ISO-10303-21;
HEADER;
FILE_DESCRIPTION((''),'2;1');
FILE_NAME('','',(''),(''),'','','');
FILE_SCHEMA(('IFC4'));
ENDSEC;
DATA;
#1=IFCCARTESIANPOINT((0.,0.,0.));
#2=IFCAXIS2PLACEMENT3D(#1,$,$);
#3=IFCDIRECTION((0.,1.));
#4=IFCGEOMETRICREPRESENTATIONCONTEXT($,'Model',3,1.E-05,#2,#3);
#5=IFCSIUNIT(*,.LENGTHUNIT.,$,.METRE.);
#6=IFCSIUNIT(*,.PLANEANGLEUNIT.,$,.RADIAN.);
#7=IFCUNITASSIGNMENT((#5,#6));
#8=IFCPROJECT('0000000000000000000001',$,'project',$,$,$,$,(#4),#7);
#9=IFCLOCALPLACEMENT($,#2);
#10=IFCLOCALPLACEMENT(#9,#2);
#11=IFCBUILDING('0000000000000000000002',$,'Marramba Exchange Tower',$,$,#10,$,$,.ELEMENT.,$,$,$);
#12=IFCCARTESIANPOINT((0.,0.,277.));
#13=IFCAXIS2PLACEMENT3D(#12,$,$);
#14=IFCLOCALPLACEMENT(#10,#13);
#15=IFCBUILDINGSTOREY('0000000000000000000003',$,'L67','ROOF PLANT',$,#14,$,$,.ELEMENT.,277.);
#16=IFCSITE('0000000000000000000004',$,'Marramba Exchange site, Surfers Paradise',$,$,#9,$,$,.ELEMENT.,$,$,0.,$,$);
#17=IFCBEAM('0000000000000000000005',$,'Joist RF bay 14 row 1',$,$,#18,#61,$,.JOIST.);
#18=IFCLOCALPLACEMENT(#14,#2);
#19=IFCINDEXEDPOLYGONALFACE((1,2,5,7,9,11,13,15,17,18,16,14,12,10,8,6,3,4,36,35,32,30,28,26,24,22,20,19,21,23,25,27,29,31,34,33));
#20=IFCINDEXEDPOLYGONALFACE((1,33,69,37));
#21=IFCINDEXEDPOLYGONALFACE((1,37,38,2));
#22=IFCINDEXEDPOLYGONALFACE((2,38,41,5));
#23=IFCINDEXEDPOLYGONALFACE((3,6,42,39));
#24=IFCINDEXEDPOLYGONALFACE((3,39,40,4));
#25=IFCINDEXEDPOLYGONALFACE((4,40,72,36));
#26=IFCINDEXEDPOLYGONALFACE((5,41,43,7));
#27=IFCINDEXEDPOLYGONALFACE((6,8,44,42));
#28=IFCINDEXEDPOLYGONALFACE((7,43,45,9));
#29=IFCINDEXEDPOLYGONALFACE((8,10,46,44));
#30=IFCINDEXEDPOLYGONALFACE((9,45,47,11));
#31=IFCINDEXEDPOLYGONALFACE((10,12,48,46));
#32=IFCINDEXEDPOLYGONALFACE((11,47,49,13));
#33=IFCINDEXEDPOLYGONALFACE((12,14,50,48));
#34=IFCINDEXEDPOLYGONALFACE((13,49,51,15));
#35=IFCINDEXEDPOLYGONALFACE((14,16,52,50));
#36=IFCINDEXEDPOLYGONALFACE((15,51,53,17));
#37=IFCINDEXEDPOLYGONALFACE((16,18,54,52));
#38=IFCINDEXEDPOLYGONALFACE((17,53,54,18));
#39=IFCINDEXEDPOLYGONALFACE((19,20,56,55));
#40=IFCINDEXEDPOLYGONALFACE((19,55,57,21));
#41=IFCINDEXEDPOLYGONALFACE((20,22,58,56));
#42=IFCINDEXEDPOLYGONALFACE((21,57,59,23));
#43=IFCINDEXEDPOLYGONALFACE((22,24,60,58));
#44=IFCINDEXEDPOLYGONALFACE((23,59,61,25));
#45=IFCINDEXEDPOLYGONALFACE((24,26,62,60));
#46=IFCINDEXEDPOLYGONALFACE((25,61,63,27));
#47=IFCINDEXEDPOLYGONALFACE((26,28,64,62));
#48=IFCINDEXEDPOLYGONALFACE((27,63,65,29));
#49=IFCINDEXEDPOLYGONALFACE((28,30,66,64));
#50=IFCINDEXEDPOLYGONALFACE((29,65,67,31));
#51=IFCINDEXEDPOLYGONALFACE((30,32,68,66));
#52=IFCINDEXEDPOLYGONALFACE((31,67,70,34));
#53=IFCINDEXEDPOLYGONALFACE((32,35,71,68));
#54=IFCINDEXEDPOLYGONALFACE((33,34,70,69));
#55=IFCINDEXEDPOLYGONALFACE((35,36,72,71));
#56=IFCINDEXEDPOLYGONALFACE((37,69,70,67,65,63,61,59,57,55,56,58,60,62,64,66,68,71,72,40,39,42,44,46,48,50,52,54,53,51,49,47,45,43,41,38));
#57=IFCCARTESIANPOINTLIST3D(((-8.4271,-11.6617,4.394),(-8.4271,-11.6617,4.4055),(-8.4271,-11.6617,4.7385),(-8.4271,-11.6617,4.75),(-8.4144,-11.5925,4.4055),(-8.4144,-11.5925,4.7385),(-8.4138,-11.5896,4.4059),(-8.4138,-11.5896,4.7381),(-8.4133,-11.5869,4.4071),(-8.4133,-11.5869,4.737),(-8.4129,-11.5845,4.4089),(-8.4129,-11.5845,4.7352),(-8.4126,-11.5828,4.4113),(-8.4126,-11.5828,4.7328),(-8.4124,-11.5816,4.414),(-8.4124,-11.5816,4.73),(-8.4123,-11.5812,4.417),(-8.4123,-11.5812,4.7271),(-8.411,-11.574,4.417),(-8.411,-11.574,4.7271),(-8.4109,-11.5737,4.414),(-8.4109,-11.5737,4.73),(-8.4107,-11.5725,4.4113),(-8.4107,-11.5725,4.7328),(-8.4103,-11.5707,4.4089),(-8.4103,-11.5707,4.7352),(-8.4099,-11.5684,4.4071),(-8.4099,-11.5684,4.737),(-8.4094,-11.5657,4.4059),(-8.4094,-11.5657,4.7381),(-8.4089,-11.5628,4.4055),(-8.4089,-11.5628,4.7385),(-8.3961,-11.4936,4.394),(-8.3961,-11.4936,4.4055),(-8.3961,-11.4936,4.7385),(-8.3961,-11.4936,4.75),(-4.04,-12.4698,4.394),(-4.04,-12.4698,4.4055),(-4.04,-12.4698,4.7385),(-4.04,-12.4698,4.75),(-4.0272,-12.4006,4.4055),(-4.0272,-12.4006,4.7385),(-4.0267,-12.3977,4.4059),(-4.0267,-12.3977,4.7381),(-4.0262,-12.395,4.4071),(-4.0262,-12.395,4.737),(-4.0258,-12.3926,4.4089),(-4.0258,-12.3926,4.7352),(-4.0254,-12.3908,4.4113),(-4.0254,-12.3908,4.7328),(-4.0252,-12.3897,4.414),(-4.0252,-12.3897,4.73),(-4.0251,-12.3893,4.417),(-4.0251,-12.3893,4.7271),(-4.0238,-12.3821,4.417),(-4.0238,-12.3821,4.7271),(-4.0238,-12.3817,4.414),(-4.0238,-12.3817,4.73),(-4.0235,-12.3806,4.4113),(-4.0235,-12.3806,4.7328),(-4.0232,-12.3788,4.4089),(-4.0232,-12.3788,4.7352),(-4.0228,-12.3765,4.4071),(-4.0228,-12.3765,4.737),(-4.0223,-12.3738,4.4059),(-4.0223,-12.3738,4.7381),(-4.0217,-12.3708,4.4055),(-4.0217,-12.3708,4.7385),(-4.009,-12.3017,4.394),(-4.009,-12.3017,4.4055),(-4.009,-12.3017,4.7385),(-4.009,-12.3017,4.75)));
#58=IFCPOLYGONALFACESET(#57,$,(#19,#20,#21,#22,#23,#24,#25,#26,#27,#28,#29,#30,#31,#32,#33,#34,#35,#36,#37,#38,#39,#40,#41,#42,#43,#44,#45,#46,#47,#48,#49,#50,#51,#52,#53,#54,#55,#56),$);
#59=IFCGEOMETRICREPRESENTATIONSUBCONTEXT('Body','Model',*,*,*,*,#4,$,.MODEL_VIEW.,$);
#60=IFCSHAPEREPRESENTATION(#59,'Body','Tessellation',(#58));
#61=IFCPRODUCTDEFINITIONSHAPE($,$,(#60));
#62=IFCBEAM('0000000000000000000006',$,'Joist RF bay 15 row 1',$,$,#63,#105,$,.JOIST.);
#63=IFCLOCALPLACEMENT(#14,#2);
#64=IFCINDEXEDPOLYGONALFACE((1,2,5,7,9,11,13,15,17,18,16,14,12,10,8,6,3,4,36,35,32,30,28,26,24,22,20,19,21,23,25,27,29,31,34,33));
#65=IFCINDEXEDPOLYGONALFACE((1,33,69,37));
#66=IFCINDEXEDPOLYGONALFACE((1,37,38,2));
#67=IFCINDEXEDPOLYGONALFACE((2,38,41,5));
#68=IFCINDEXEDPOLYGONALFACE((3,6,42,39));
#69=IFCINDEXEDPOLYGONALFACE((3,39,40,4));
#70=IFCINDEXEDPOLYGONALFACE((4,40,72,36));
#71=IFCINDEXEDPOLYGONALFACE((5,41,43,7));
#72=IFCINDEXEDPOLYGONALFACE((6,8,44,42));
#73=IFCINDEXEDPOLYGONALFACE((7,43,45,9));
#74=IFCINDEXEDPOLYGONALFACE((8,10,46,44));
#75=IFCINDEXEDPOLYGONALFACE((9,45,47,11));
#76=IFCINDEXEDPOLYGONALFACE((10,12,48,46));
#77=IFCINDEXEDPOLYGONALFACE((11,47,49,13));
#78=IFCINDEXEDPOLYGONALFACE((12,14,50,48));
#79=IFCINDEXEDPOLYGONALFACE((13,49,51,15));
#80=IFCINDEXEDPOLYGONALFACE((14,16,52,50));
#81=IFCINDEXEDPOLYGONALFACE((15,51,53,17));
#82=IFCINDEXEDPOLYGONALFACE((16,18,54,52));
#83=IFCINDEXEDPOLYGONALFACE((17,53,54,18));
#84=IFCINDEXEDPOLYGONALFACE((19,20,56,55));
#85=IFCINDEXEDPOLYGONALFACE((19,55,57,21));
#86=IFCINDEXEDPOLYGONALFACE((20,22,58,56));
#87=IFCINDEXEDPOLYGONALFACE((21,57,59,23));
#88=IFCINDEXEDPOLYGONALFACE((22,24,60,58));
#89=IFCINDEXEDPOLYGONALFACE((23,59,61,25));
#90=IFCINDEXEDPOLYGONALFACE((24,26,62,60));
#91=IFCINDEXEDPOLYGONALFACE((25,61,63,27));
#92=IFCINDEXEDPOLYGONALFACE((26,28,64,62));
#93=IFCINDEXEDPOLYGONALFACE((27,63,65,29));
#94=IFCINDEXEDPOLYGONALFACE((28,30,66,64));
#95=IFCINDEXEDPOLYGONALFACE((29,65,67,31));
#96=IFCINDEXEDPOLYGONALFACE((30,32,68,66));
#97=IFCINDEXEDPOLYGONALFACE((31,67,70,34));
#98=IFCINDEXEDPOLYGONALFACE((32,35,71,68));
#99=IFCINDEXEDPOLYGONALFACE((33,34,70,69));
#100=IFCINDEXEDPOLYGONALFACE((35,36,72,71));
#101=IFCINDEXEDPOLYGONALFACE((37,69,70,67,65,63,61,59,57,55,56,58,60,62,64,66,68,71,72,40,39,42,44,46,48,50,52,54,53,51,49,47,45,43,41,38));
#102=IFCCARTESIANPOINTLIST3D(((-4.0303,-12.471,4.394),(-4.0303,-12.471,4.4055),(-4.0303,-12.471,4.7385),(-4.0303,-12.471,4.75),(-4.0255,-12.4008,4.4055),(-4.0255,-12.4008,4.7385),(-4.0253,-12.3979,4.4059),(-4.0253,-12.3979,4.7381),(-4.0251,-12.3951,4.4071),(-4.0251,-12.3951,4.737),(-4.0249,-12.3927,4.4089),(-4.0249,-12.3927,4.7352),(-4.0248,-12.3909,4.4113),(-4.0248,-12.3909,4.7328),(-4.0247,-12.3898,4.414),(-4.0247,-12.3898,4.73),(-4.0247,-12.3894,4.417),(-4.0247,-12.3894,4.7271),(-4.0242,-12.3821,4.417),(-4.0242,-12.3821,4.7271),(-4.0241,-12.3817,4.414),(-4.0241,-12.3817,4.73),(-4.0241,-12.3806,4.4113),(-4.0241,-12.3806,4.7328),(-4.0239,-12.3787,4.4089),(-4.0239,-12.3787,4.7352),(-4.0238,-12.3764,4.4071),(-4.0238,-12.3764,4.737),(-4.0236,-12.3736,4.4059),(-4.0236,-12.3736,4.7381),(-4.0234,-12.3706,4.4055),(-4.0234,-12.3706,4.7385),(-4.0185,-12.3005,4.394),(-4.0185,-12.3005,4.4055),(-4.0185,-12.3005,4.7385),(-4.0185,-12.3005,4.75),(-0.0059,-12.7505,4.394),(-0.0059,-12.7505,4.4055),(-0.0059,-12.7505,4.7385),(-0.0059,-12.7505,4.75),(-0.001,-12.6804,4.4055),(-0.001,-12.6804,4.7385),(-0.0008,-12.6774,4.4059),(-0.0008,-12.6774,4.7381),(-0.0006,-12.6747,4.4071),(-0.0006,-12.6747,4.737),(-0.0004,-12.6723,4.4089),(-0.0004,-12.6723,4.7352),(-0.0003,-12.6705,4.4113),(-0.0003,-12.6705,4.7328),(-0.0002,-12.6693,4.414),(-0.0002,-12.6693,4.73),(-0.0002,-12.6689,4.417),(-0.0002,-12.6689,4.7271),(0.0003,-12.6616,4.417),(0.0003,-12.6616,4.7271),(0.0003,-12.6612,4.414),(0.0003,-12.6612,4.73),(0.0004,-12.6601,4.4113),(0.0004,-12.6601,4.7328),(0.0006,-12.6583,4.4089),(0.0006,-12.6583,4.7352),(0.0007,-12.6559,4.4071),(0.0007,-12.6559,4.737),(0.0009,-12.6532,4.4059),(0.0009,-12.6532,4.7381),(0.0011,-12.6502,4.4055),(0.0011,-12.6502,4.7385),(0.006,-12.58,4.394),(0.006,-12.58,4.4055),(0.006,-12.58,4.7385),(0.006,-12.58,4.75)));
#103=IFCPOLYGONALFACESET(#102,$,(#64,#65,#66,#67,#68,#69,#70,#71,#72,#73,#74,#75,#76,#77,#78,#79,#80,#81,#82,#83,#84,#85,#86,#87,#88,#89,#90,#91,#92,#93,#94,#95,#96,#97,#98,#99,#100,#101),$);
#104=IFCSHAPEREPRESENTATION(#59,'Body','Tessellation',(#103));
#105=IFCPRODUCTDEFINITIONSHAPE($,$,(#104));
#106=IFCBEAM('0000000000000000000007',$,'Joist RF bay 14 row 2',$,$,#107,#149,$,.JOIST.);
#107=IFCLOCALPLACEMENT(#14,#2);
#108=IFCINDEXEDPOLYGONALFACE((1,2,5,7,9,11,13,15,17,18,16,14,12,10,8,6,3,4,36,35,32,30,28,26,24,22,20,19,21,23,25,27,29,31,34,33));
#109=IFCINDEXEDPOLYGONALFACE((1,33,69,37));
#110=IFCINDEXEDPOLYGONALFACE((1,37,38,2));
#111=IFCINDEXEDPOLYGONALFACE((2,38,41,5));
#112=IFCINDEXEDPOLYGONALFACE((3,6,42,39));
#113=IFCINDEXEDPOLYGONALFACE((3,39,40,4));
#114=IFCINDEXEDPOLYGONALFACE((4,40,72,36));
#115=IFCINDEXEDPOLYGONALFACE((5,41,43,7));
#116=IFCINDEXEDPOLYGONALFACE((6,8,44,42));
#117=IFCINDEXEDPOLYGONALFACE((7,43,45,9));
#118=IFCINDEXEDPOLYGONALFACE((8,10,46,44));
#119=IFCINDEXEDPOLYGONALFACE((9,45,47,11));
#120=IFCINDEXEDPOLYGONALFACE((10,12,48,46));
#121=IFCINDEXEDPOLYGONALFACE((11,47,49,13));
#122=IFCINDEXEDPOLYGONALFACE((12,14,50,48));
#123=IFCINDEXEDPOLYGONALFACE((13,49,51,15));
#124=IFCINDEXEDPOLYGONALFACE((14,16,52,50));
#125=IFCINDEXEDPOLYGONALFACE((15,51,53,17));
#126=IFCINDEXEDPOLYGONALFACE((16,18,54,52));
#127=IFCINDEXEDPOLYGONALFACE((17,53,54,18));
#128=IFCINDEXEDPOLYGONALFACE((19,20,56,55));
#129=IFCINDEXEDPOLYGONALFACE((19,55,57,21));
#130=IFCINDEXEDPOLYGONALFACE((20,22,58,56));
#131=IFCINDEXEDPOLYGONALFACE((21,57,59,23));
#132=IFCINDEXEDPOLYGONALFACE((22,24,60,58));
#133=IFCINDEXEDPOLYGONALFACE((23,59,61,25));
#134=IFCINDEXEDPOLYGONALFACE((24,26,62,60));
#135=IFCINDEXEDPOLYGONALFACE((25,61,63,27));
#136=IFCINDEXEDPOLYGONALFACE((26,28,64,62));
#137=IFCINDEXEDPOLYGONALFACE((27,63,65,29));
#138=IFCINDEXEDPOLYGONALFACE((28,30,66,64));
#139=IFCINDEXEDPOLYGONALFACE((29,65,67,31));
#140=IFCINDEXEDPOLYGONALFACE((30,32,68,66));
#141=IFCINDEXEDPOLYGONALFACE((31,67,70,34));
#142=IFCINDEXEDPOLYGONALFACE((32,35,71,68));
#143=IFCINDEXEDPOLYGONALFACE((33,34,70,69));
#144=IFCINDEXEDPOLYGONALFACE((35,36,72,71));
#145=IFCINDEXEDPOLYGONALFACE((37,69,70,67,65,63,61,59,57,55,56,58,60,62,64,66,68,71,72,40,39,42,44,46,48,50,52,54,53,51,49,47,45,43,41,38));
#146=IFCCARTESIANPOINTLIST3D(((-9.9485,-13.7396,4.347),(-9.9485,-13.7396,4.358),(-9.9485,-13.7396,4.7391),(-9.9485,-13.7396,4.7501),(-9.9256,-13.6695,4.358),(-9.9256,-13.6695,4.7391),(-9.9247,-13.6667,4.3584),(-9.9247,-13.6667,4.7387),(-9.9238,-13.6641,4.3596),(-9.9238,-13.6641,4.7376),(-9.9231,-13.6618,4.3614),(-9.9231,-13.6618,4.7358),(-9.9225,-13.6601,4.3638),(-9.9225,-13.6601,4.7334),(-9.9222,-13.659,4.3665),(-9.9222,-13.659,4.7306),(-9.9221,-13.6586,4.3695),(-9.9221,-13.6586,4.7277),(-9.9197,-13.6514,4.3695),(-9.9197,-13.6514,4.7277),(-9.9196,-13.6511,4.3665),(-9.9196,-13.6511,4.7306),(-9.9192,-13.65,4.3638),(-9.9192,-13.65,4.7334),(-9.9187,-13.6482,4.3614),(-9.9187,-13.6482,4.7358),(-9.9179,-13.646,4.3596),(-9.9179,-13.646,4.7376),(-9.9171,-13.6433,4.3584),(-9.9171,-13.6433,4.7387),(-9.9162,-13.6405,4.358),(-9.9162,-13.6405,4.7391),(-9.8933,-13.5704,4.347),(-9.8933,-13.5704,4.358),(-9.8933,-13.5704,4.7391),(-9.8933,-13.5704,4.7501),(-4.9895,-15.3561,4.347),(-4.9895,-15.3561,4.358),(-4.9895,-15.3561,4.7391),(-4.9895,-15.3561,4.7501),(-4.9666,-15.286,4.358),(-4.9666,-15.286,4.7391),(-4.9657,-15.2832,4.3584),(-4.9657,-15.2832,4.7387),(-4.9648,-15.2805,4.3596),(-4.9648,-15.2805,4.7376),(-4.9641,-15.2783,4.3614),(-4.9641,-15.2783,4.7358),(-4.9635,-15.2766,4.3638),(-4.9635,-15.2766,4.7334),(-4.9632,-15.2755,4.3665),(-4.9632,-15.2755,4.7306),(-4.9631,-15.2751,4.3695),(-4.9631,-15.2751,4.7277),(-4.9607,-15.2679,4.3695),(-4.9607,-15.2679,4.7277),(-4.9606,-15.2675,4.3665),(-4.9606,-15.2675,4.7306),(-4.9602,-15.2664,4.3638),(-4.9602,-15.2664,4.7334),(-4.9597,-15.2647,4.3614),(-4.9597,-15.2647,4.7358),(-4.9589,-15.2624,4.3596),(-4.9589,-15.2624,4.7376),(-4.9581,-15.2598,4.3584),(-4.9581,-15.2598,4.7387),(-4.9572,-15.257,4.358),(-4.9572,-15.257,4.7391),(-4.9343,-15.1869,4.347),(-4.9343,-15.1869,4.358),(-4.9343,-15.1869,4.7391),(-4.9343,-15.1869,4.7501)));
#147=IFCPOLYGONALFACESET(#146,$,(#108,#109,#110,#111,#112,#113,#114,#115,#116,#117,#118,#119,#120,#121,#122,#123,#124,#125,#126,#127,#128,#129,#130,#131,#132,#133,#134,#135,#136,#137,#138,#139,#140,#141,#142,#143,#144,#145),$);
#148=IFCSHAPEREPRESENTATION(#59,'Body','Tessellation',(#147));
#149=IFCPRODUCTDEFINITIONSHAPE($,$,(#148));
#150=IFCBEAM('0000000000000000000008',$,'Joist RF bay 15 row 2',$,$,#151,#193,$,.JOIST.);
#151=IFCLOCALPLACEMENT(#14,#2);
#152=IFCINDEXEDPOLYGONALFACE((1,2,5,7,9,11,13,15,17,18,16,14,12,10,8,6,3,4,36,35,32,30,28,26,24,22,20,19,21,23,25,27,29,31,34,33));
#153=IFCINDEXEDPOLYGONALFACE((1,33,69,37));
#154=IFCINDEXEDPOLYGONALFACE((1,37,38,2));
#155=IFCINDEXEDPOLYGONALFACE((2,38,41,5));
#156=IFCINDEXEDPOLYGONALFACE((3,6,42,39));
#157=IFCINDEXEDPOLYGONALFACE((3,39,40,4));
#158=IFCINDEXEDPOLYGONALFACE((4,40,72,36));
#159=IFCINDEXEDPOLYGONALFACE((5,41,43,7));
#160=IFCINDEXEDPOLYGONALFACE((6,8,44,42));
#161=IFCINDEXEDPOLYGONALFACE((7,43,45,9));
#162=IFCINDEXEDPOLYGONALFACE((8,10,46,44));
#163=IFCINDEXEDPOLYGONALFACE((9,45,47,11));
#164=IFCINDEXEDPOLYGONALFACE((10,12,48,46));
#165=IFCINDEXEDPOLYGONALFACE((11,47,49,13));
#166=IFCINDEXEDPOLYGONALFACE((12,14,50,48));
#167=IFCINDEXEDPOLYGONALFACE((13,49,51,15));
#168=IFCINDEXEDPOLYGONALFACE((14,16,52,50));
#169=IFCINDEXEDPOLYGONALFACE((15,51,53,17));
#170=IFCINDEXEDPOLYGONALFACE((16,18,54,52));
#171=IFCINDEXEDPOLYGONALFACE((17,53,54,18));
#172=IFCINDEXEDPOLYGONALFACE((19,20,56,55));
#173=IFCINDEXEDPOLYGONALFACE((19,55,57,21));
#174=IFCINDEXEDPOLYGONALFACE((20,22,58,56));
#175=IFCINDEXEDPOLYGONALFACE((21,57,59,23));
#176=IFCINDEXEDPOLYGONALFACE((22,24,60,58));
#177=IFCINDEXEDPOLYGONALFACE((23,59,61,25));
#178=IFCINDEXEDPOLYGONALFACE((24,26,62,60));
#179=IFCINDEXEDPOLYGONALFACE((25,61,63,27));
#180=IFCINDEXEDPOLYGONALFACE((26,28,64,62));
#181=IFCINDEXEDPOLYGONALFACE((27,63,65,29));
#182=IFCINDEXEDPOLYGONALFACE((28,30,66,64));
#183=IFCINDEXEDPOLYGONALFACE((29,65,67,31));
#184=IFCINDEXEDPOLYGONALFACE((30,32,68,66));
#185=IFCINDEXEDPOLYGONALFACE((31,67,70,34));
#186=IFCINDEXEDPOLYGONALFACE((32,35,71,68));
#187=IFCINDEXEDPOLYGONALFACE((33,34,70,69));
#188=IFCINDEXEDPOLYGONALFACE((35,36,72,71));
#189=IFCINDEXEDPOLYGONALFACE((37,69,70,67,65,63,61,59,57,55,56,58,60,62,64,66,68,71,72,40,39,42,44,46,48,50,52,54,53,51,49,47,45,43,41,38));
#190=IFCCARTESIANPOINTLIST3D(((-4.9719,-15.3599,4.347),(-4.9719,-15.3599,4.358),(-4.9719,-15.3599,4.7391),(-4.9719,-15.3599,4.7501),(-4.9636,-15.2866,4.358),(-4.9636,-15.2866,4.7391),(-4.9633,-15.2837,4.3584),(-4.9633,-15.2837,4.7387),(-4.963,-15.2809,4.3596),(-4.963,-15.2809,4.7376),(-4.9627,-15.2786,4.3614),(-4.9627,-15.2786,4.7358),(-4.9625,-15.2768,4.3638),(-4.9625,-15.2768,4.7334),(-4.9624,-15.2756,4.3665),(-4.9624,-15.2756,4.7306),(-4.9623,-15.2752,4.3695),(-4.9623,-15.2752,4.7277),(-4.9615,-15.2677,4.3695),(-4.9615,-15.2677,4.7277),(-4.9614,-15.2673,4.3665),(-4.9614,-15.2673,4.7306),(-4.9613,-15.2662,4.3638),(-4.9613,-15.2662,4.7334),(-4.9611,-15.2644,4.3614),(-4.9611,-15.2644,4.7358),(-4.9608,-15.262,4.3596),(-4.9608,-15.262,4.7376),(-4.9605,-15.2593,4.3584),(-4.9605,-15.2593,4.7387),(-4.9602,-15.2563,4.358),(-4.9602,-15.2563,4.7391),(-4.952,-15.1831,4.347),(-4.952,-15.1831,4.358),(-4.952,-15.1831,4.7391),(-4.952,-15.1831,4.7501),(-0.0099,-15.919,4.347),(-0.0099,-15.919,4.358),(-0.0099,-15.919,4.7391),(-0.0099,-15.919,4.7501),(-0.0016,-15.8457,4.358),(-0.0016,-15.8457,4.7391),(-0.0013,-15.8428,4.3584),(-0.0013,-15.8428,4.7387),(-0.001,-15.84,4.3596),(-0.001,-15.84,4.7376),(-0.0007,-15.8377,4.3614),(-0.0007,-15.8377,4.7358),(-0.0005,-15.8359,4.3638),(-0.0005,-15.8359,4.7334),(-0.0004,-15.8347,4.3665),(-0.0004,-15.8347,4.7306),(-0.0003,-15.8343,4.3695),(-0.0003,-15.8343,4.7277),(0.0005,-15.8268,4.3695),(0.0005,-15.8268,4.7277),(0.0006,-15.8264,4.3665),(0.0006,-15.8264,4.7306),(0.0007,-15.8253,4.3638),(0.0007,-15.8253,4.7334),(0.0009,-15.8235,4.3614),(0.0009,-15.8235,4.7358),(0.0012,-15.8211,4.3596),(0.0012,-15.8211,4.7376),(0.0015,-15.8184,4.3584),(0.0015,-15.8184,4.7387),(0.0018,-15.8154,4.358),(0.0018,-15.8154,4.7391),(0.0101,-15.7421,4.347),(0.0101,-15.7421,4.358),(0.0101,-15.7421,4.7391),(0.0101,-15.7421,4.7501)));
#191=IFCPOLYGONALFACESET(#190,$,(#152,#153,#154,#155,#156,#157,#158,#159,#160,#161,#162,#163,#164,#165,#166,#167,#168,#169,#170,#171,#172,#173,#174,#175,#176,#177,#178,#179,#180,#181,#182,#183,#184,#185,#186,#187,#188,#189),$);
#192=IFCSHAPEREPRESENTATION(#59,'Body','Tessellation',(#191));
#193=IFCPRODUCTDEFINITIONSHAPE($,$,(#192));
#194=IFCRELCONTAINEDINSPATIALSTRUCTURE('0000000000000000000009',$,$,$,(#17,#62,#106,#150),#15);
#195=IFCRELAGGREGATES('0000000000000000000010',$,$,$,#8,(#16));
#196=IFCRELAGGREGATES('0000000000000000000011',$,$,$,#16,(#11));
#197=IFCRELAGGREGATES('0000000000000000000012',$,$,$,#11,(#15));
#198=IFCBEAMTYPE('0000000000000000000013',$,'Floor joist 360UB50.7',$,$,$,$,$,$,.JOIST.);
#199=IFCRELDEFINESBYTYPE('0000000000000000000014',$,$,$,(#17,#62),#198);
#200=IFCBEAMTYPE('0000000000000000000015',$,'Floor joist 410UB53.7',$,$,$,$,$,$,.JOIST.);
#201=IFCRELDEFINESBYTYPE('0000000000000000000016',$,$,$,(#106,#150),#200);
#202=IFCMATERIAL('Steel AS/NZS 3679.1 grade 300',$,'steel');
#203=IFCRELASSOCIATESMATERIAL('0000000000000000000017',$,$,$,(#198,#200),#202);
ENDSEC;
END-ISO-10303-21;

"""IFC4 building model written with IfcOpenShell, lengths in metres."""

from ifc_helpers import new_model, si_unit, direction, frame, origin, origin_2d, place, context, subcontext, project, spatial, i_section, extrude, material, material_profile, profile_set, type_object, element, save


model = new_model("IFC4")

# Units and contexts
model_context = context("Model", 3, precision=1e-05, world=origin(), true_north=direction((0.0, 1.0)))
body_context = subcontext(model_context, "Body", "Model", "MODEL_VIEW")
ifc_project = project(units=[si_unit("LENGTHUNIT", "METRE"), si_unit("PLANEANGLEUNIT", "RADIAN")], contexts=[model_context])

# Site, building, storey
site_placement = place(None, origin())
site = spatial("IfcSite", under=ifc_project, at=site_placement, Name="Marramba Exchange site, Surfers Paradise", CompositionType="ELEMENT", RefElevation=0.0)
building_placement = place(site_placement, origin())
building = spatial("IfcBuilding", under=site, at=building_placement, Name="Marramba Exchange Tower", CompositionType="ELEMENT")
storey_placement = place(building_placement, frame((0.0, 0.0, 277.0)))
storey = spatial("IfcBuildingStorey", under=building, at=storey_placement, Name="L67", Description="ROOF PLANT", CompositionType="ELEMENT", Elevation=277.0)

# Beams
ifc_material_1 = material(Name="Steel AS/NZS 3679.1 grade 300", Category="steel")
ifc_material_profile_1 = material_profile(ifc_material_1, i_section(OverallWidth=0.1709, OverallDepth=0.356, WebThickness=0.0073, FlangeThickness=0.0115, FilletRadius=0.0115, at=origin_2d()), Name="360UB50.7")
ifc_profile_set_1 = profile_set([ifc_material_profile_1], Name="Steel AS/NZS 3679.1 grade 300")
beam_type_1 = type_object("IfcBeamType", Name="Floor joist 360UB50.7", PredefinedType="JOIST", material=ifc_profile_set_1)
beam_1_placement = place(storey_placement, frame((-8.4116, -11.5776, 4.572), z_axis=(0.983456, -0.181149, 0.0), x_axis=(0.181149, 0.983456, 0.0)))
element("IfcBeam", 1, at=beam_1_placement, inside=storey, type_object=beam_type_1, Name="Joist RF bay 14 row 1", PredefinedType="JOIST", context=body_context, shape_type="SweptSolid", body=[
    extrude(i_section(OverallWidth=0.1709, OverallDepth=0.356, WebThickness=0.0073, FlangeThickness=0.0115, FilletRadius=0.0115, at=origin_2d()), origin(), (0.0, 0.0, 1.0), 4.4609),
])
beam_2_placement = place(storey_placement, frame((-4.0244, -12.3857, 4.572), z_axis=(0.997596, -0.069294, 0.0), x_axis=(0.069294, 0.997596, 0.0)))
element("IfcBeam", 2, at=beam_2_placement, inside=storey, type_object=beam_type_1, Name="Joist RF bay 15 row 1", PredefinedType="JOIST", context=body_context, shape_type="SweptSolid", body=[
    extrude(i_section(OverallWidth=0.1709, OverallDepth=0.356, WebThickness=0.0073, FlangeThickness=0.0115, FilletRadius=0.0115, at=origin_2d()), origin(), (0.0, 0.0, 1.0), 4.0342),
])
ifc_material_profile_2 = material_profile(ifc_material_1, i_section(OverallWidth=0.178, OverallDepth=0.4031, WebThickness=0.0076, FlangeThickness=0.011, FilletRadius=0.0115, at=origin_2d()), Name="410UB53.7")
ifc_profile_set_2 = profile_set([ifc_material_profile_2], Name="Steel AS/NZS 3679.1 grade 300")
beam_type_2 = type_object("IfcBeamType", Name="Floor joist 410UB53.7", PredefinedType="JOIST", material=ifc_profile_set_2)
beam_3_placement = place(storey_placement, frame((-9.9209, -13.655, 4.5486), z_axis=(0.950764, -0.309916, 0.0), x_axis=(0.309916, 0.950764, 0.0)))
element("IfcBeam", 3, at=beam_3_placement, inside=storey, type_object=beam_type_2, Name="Joist RF bay 14 row 2", PredefinedType="JOIST", context=body_context, shape_type="SweptSolid", body=[
    extrude(i_section(OverallWidth=0.178, OverallDepth=0.4031, WebThickness=0.0076, FlangeThickness=0.011, FilletRadius=0.0115, at=origin_2d()), origin(), (0.0, 0.0, 1.0), 5.2158),
])
beam_4_placement = place(storey_placement, frame((-4.9619, -15.2715, 4.5486), z_axis=(0.993712, -0.111966, 0.0), x_axis=(0.111966, 0.993712, 0.0)))
element("IfcBeam", 4, at=beam_4_placement, inside=storey, type_object=beam_type_2, Name="Joist RF bay 15 row 2", PredefinedType="JOIST", context=body_context, shape_type="SweptSolid", body=[
    extrude(i_section(OverallWidth=0.178, OverallDepth=0.4031, WebThickness=0.0076, FlangeThickness=0.011, FilletRadius=0.0115, at=origin_2d()), origin(), (0.0, 0.0, 1.0), 4.9934),
])

save(model, "model.ifc")
